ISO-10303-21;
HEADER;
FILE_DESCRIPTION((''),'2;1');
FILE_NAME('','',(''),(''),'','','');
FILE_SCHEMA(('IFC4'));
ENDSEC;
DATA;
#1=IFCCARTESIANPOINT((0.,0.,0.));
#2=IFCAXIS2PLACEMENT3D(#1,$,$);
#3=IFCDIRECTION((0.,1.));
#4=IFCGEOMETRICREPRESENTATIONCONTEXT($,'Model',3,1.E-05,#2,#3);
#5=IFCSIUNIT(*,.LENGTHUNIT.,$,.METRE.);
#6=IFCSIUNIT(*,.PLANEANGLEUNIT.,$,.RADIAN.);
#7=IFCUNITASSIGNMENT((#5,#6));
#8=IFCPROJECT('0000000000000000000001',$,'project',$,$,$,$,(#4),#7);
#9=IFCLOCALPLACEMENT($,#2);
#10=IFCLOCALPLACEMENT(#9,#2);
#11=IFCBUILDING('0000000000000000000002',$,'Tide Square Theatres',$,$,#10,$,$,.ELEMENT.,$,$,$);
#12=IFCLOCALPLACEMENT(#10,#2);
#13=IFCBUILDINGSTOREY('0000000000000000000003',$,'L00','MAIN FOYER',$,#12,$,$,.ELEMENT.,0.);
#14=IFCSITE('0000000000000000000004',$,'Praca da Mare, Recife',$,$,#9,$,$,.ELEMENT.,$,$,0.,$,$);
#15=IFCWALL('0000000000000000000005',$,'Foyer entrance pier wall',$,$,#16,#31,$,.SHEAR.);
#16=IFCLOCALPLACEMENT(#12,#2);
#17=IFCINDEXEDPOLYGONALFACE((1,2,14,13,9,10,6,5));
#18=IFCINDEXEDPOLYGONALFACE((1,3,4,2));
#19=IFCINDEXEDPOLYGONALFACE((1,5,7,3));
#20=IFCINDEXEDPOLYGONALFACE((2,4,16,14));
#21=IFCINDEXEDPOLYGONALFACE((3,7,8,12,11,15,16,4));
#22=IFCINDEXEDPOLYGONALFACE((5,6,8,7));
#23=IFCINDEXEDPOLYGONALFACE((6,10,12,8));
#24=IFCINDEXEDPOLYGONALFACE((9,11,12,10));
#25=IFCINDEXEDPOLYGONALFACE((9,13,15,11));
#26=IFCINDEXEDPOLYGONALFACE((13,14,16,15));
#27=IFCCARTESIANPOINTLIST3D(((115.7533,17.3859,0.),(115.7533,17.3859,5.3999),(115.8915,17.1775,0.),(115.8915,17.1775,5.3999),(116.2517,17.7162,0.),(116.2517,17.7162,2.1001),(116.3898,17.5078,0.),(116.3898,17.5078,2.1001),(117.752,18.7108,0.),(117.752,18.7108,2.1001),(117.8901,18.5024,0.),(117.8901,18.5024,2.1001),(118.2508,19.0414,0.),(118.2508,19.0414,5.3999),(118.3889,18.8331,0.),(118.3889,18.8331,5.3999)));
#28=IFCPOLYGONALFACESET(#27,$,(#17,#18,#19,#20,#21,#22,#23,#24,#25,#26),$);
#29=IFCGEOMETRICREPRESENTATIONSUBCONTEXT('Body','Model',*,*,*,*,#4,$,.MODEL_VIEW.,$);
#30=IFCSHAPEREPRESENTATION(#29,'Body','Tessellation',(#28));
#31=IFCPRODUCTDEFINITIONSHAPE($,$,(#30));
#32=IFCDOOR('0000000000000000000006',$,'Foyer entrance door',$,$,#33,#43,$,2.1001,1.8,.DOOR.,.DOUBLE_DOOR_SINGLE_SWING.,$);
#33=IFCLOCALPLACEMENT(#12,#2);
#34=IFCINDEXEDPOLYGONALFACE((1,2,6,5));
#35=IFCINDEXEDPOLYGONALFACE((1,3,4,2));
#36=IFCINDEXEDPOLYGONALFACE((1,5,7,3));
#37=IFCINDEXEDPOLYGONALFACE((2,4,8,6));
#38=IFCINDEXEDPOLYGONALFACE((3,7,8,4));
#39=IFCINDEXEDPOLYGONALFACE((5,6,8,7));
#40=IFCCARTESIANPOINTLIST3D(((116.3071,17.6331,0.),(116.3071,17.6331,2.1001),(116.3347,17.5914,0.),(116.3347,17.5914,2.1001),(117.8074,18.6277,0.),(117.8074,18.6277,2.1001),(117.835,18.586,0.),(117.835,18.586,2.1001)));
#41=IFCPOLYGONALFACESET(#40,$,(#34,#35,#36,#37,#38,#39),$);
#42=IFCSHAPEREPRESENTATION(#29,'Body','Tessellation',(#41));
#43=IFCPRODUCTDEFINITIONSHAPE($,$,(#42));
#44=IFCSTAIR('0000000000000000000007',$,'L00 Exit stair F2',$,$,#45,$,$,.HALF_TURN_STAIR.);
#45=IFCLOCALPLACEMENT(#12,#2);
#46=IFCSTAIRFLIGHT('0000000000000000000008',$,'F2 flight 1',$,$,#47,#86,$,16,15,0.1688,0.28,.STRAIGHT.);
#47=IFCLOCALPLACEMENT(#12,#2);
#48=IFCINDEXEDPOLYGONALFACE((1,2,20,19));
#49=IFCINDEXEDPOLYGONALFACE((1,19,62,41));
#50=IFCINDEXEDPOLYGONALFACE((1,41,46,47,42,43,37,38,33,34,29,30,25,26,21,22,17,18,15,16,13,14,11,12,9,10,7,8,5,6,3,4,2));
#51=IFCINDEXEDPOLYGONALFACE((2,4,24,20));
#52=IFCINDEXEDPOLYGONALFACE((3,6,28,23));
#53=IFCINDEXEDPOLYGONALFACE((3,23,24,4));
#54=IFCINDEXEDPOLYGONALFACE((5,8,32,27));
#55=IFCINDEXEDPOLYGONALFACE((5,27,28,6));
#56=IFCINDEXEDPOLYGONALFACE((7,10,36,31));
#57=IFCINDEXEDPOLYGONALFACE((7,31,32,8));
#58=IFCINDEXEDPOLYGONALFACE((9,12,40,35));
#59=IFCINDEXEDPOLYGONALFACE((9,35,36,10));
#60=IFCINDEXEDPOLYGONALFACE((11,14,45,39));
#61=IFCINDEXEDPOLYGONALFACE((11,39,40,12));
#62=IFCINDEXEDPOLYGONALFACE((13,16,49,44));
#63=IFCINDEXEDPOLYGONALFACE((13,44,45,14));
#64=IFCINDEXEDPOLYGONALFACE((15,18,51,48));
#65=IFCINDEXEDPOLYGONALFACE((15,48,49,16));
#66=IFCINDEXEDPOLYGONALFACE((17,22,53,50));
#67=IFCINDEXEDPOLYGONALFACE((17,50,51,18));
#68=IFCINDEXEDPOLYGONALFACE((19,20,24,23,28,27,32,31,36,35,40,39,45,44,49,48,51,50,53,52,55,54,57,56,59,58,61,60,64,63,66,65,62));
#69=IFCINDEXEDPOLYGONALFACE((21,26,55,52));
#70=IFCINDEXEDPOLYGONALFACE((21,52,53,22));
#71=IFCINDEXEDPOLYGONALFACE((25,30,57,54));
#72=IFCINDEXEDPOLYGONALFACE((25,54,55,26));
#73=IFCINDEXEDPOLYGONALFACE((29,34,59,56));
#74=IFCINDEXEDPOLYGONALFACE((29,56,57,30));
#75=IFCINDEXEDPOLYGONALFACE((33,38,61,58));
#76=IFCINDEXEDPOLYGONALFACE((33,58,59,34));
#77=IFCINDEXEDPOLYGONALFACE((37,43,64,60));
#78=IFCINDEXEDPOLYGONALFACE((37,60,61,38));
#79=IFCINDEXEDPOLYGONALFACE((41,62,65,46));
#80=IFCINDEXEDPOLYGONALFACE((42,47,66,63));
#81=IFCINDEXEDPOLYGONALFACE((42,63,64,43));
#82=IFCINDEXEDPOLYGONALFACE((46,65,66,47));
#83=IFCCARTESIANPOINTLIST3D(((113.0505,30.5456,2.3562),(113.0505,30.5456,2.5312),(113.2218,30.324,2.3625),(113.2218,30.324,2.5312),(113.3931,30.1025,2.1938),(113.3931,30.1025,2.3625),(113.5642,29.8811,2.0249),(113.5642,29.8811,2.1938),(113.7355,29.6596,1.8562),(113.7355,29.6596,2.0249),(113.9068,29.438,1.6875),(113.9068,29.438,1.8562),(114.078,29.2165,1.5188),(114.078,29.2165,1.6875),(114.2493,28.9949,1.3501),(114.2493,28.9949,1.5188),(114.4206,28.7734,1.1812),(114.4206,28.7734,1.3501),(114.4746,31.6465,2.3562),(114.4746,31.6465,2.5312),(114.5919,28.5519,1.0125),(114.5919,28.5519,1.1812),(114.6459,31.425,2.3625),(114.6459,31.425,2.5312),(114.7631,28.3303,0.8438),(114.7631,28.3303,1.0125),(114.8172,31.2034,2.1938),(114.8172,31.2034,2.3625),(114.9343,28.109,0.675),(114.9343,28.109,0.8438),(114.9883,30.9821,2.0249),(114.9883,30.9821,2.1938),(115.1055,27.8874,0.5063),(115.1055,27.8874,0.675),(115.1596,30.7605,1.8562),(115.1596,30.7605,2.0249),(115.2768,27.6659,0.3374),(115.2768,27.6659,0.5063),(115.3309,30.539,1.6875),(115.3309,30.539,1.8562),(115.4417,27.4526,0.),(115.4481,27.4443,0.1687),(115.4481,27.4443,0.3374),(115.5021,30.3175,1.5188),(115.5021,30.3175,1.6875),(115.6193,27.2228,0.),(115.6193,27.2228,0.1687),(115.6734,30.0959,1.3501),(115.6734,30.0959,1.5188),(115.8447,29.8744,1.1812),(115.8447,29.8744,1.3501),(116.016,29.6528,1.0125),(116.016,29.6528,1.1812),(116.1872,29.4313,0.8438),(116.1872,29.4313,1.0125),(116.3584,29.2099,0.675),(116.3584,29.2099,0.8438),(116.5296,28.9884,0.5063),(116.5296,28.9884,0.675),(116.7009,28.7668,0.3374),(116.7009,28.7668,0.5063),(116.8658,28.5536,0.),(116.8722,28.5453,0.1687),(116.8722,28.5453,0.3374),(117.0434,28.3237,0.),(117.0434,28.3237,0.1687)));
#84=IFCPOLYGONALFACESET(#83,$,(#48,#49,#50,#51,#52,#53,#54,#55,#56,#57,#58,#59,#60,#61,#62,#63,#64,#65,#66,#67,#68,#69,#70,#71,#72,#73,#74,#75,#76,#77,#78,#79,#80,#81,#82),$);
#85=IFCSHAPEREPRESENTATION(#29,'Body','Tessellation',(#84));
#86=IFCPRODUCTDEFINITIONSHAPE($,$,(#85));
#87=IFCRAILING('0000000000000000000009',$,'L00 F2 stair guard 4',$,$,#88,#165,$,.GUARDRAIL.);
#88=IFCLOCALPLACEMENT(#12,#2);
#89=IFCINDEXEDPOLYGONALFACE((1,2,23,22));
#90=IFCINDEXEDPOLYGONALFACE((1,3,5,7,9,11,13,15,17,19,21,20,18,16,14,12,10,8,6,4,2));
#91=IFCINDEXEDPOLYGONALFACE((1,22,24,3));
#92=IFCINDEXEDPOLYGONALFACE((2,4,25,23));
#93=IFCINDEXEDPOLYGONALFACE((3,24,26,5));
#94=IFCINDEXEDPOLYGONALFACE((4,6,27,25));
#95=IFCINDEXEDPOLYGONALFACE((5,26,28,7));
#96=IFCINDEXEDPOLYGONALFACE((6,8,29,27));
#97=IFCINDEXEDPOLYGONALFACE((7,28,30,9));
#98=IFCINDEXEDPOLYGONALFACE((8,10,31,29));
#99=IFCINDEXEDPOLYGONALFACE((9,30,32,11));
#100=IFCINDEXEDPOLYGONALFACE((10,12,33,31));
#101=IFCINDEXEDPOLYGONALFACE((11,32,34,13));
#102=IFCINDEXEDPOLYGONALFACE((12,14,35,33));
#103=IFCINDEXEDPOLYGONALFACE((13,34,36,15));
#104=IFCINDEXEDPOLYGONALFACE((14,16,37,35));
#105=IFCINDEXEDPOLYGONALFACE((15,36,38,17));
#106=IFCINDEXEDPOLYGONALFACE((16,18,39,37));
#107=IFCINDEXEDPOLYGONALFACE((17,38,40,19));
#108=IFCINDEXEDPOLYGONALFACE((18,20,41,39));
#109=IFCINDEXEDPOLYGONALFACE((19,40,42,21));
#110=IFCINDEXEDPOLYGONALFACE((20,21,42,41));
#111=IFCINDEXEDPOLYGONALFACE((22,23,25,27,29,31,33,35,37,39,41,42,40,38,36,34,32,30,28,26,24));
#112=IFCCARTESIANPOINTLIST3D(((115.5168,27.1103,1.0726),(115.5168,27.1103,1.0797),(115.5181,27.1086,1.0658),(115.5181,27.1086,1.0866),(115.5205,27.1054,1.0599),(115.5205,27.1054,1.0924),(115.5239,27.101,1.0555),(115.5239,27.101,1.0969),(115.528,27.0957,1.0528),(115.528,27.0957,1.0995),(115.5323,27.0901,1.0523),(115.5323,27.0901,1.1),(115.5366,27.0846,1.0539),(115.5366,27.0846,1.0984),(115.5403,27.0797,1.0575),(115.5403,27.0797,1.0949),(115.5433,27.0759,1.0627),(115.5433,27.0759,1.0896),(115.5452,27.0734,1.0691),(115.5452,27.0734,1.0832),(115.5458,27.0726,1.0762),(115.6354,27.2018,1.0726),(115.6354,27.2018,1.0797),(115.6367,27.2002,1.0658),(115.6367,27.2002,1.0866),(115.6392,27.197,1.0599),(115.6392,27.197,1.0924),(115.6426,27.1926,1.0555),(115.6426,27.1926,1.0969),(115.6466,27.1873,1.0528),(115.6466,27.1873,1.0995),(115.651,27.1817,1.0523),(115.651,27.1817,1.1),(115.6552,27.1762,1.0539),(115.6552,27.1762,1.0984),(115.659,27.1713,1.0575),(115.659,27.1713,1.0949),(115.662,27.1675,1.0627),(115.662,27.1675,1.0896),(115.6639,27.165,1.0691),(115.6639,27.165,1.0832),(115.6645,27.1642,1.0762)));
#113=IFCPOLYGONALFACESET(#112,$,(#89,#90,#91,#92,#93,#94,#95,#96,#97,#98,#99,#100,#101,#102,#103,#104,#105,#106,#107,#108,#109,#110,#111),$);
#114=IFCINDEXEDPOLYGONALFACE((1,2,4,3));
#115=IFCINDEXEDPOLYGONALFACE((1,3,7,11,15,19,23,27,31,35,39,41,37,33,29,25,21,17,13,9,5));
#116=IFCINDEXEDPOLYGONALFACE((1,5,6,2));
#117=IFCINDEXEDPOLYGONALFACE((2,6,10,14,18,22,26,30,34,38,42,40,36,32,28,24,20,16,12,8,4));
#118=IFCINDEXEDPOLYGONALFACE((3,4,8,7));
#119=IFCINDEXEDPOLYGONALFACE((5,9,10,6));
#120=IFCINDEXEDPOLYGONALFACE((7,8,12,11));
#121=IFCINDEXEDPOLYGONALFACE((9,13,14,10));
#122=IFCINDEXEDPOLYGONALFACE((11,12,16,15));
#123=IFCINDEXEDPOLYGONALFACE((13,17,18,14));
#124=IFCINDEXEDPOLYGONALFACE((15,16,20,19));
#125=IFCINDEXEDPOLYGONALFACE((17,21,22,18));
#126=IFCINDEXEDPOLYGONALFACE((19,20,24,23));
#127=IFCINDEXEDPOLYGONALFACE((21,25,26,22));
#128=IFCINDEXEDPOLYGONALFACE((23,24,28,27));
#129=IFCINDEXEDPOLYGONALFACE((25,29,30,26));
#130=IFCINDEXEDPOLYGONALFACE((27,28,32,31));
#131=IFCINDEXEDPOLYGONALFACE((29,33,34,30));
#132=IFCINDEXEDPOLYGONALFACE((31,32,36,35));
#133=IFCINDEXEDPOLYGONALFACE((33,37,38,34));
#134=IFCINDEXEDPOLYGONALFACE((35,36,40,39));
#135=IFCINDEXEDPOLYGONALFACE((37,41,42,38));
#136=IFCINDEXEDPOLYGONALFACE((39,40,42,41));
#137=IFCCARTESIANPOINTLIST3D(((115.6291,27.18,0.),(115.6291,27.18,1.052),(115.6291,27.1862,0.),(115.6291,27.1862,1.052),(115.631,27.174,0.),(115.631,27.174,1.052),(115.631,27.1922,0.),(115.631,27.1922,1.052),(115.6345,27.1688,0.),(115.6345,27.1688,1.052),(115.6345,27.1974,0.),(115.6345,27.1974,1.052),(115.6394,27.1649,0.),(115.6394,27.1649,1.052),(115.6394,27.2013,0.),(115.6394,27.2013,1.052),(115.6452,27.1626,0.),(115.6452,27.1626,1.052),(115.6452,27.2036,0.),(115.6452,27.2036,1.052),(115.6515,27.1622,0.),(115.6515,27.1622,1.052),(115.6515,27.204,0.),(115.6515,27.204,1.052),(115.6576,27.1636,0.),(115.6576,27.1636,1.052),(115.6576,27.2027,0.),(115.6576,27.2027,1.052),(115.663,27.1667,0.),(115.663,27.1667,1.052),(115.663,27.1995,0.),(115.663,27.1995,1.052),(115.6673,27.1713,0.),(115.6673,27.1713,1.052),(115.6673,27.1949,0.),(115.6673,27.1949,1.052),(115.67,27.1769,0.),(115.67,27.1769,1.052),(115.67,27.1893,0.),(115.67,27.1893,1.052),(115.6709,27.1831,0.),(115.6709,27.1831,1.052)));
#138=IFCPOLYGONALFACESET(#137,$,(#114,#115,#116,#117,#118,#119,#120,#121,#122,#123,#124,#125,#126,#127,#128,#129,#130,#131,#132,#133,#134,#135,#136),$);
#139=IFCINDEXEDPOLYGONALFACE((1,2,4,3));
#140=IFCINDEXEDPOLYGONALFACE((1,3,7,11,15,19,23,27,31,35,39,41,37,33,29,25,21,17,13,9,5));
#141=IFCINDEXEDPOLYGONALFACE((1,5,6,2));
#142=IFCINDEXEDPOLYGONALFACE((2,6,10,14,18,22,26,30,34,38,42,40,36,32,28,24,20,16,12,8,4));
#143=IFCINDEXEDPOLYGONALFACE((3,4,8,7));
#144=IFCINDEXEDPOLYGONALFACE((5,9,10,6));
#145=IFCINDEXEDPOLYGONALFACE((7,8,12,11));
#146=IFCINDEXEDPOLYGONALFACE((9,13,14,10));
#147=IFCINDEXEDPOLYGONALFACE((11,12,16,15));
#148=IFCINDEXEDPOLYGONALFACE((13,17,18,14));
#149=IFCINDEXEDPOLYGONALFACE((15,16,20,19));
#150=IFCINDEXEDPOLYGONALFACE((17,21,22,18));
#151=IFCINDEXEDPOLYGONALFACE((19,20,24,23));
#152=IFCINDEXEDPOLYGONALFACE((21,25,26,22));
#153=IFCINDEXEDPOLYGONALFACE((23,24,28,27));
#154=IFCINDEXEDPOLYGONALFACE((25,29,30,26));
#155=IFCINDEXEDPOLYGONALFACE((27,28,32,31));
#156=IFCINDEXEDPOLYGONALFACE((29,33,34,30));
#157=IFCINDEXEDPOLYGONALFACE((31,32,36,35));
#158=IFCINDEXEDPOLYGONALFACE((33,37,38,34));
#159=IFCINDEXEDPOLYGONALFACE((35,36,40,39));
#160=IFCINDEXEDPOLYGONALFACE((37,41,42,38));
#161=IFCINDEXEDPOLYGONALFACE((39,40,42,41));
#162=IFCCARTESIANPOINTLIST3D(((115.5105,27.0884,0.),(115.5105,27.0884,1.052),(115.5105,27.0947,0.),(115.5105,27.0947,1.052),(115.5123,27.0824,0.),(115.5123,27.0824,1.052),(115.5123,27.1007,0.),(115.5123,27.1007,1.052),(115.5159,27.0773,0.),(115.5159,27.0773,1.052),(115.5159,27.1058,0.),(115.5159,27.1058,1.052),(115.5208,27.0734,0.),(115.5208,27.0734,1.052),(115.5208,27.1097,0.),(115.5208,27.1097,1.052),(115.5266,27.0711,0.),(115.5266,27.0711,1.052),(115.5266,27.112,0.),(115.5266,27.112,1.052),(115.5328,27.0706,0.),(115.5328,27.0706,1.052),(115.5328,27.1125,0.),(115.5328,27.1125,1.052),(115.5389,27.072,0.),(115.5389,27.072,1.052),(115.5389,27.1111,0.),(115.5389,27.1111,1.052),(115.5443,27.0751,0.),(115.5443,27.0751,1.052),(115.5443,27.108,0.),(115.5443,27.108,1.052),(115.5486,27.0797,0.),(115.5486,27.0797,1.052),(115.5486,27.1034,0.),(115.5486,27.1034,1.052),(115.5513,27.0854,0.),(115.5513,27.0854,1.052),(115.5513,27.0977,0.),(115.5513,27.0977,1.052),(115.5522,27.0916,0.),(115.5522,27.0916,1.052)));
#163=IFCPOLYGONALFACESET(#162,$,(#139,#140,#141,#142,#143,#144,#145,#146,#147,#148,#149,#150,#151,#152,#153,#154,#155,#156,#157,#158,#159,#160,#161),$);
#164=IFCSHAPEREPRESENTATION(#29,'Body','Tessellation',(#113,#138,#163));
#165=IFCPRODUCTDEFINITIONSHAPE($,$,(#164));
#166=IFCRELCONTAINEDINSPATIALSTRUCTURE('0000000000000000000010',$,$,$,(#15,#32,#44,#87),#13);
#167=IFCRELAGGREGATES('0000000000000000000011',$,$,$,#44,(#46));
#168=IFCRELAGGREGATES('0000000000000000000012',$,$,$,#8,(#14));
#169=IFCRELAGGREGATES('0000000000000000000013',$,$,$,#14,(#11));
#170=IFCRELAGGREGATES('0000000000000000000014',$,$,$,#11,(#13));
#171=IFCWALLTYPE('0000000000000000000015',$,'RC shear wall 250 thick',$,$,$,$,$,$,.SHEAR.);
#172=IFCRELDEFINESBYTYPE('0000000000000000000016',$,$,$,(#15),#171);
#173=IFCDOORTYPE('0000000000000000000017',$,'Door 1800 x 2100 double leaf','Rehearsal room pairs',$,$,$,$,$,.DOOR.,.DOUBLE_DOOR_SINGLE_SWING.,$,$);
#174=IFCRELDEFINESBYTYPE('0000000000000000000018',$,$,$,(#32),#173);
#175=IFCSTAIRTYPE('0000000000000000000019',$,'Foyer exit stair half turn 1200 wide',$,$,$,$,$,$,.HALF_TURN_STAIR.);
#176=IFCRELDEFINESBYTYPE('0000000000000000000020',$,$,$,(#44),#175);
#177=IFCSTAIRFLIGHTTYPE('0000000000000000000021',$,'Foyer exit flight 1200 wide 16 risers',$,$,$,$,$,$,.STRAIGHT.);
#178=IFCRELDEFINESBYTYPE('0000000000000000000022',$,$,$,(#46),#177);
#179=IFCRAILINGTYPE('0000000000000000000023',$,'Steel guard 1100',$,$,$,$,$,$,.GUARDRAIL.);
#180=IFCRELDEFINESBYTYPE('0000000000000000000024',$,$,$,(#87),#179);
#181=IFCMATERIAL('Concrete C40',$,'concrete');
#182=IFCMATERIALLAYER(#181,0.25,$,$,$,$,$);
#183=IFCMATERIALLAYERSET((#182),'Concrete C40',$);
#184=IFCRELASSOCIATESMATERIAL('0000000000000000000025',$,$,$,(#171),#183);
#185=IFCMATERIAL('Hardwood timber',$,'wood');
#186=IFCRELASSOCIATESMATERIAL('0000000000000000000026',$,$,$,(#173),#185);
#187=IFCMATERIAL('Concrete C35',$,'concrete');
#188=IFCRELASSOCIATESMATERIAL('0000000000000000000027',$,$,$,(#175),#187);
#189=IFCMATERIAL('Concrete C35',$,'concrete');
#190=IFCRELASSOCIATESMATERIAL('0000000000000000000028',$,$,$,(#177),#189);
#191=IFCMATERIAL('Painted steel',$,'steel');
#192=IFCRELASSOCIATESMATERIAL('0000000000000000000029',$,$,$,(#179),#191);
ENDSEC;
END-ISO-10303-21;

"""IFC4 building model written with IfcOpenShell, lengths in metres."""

from ifc_helpers import new_model, si_unit, direction, frame, frame_2d, origin, origin_2d, place, context, subcontext, project, spatial, polyline, rectangle, circle, outline, extrude, material, layer, layer_set, type_object, element, fill, aggregate, save


model = new_model("IFC4")

# Units and contexts
model_context = context("Model", 3, precision=1e-05, world=origin(), true_north=direction((0.0, 1.0)))
body_context = subcontext(model_context, "Body", "Model", "MODEL_VIEW")
ifc_project = project(units=[si_unit("LENGTHUNIT", "METRE"), si_unit("PLANEANGLEUNIT", "RADIAN")], contexts=[model_context])

# Site, building, storey
site_placement = place(None, origin())
site = spatial("IfcSite", under=ifc_project, at=site_placement, Name="Praca da Mare, Recife", CompositionType="ELEMENT", RefElevation=0.0)
building_placement = place(site_placement, origin())
building = spatial("IfcBuilding", under=site, at=building_placement, Name="Tide Square Theatres", CompositionType="ELEMENT")
storey_placement = place(building_placement, origin())
storey = spatial("IfcBuildingStorey", under=building, at=storey_placement, Name="L00", Description="MAIN FOYER", CompositionType="ELEMENT", Elevation=0.0)

# Wall, opening, door
ifc_material_1 = material(Name="Concrete C40", Category="concrete")
ifc_layer_1 = layer(ifc_material_1, 0.25)
ifc_layer_set_1 = layer_set([ifc_layer_1], Name="Concrete C40")
wall_type_1 = type_object("IfcWallType", Name="RC shear wall 250 thick", PredefinedType="SHEAR", material=ifc_layer_set_1)
wall_1_placement = place(storey_placement, frame((115.8225, 17.2817, 0.0), z_axis=(0.0, 0.0, 1.0), x_axis=(0.833489, 0.552536, 0.0)))
wall_1 = element("IfcWall", 1, at=wall_1_placement, inside=storey, type_object=wall_type_1, Name="Foyer entrance pier wall", PredefinedType="SHEAR", context=body_context, shape_type="SweptSolid", body=[
    extrude(rectangle(XDim=2.9963, YDim=0.25, at=frame_2d((1.498, 0.0))), origin(), (0.0, 0.0, 1.0), 5.3999),
])
opening_1_placement = place(wall_1_placement, frame((0.5979, 0.0, 0.0)))
opening_1 = element("IfcOpeningElement", 2, at=opening_1_placement, cuts=wall_1, PredefinedType="OPENING", context=body_context, shape_type="SweptSolid", body=[
    extrude(rectangle(XDim=1.8, YDim=2.1001, at=frame_2d((0.8999, 1.05))), frame((0.0, 0.135, 0.0), z_axis=(0.0, -1.0, 0.0), x_axis=(1.0, 0.0, 0.0)), (0.0, 0.0, 1.0), 0.27),
])
ifc_material_2 = material(Name="Hardwood timber", Category="wood")
door_type_1 = type_object("IfcDoorType", Name="Door 1800 x 2100 double leaf", Description="Rehearsal room pairs", OperationType="DOUBLE_DOOR_SINGLE_SWING", PredefinedType="DOOR", material=ifc_material_2)
door_1_placement = place(opening_1_placement, frame((1.8, 0.0, 0.0), z_axis=(0.0, 0.0, 1.0), x_axis=(-1.0, 0.0, 0.0)))
door_1 = element("IfcDoor", 3, at=door_1_placement, inside=storey, type_object=door_type_1, Name="Foyer entrance door", OperationType="DOUBLE_DOOR_SINGLE_SWING", OverallHeight=2.1001, OverallWidth=1.8, PredefinedType="DOOR", context=body_context, shape_type="SweptSolid", body=[
    extrude(rectangle(XDim=1.8, YDim=2.1001, at=frame_2d((0.8999, 1.05))), frame((0.0, 0.0249, 0.0), z_axis=(0.0, -1.0, 0.0), x_axis=(1.0, 0.0, 0.0)), (0.0, 0.0, 1.0), 0.05),
])
fill(opening_1, door_1)

# Stair, stair flight
ifc_material_3 = material(Name="Concrete C35", Category="concrete")
stair_type = type_object("IfcStairType", Name="Foyer exit stair half turn 1200 wide", PredefinedType="HALF_TURN_STAIR", material=ifc_material_3)
stair_placement = place(storey_placement, origin())
stair = element("IfcStair", 4, at=stair_placement, inside=storey, type_object=stair_type, Name="L00 Exit stair F2", PredefinedType="HALF_TURN_STAIR")
ifc_material_4 = material(Name="Concrete C35", Category="concrete")
stair_flight_type = type_object("IfcStairFlightType", Name="Foyer exit flight 1200 wide 16 risers", PredefinedType="STRAIGHT", material=ifc_material_4)
stair_flight_placement = place(storey_placement, frame((116.3313, 27.7732, 0.0), z_axis=(0.0, 0.0, 1.0), x_axis=(-0.611628, 0.791146, 0.0)))
stair_flight = element("IfcStairFlight", 5, at=stair_flight_placement, type_object=stair_flight_type, Name="F2 flight 1", NumberOfRisers=16, NumberOfTreads=15, PredefinedType="STRAIGHT", RiserHeight=0.1688, TreadLength=0.28, context=body_context, shape_type="SweptSolid", body=[
    extrude(outline(polyline([(0.0, 0.0), (0.0, 0.1687), (0.28, 0.1687), (0.28, 0.3374), (0.5601, 0.3374), (0.5601, 0.5063), (0.8401, 0.5063), (0.8401, 0.675), (1.1201, 0.675), (1.1201, 0.8438), (1.3999, 0.8438), (1.3999, 1.0125), (1.6799, 1.0125), (1.6799, 1.1812), (1.96, 1.1812), (1.96, 1.3501), (2.24, 1.3501), (2.24, 1.5188), (2.52, 1.5188), (2.52, 1.6875), (2.8, 1.6875), (2.8, 1.8562), (3.0801, 1.8562), (3.0801, 2.0249), (3.3601, 2.0249), (3.3601, 2.1938), (3.6399, 2.1938), (3.6399, 2.3625), (3.9199, 2.3625), (3.9199, 2.5312), (4.2, 2.5312), (4.2, 2.7), (4.2, 2.3562), (0.2905, 0.0), (0.0, 0.0)])), frame((0.0, 0.8999, 0.0), z_axis=(0.0, -1.0, 0.0), x_axis=(1.0, 0.0, 0.0)), (0.0, 0.0, 1.0), 1.8),
])
aggregate(stair, [stair_flight])

# Railing
ifc_material_5 = material(Name="Painted steel", Category="steel")
railing_type_1 = type_object("IfcRailingType", Name="Steel guard 1100", PredefinedType="GUARDRAIL", material=ifc_material_5)
railing_1_placement = place(storey_placement, frame((115.6499, 27.1831, 0.0)))
element("IfcRailing", 6, at=railing_1_placement, inside=storey, type_object=railing_type_1, Name="L00 F2 stair guard 4", PredefinedType="GUARDRAIL", context=body_context, shape_type="SweptSolid", body=[
    extrude(circle(Radius=0.0239, at=origin_2d()), frame((0.0, 0.0, 1.0762), z_axis=(-0.791715, -0.610891, 0.0), x_axis=(0.610891, -0.791715, 0.0)), (0.0, 0.0, 1.0), 0.1499),
    extrude(circle(Radius=0.021, at=origin_2d()), origin(), (0.0, 0.0, 1.0), 1.052),
    extrude(circle(Radius=0.021, at=origin_2d()), frame((-0.1187, -0.0916, 0.0)), (0.0, 0.0, 1.0), 1.052),
])

save(model, "model.ifc")
